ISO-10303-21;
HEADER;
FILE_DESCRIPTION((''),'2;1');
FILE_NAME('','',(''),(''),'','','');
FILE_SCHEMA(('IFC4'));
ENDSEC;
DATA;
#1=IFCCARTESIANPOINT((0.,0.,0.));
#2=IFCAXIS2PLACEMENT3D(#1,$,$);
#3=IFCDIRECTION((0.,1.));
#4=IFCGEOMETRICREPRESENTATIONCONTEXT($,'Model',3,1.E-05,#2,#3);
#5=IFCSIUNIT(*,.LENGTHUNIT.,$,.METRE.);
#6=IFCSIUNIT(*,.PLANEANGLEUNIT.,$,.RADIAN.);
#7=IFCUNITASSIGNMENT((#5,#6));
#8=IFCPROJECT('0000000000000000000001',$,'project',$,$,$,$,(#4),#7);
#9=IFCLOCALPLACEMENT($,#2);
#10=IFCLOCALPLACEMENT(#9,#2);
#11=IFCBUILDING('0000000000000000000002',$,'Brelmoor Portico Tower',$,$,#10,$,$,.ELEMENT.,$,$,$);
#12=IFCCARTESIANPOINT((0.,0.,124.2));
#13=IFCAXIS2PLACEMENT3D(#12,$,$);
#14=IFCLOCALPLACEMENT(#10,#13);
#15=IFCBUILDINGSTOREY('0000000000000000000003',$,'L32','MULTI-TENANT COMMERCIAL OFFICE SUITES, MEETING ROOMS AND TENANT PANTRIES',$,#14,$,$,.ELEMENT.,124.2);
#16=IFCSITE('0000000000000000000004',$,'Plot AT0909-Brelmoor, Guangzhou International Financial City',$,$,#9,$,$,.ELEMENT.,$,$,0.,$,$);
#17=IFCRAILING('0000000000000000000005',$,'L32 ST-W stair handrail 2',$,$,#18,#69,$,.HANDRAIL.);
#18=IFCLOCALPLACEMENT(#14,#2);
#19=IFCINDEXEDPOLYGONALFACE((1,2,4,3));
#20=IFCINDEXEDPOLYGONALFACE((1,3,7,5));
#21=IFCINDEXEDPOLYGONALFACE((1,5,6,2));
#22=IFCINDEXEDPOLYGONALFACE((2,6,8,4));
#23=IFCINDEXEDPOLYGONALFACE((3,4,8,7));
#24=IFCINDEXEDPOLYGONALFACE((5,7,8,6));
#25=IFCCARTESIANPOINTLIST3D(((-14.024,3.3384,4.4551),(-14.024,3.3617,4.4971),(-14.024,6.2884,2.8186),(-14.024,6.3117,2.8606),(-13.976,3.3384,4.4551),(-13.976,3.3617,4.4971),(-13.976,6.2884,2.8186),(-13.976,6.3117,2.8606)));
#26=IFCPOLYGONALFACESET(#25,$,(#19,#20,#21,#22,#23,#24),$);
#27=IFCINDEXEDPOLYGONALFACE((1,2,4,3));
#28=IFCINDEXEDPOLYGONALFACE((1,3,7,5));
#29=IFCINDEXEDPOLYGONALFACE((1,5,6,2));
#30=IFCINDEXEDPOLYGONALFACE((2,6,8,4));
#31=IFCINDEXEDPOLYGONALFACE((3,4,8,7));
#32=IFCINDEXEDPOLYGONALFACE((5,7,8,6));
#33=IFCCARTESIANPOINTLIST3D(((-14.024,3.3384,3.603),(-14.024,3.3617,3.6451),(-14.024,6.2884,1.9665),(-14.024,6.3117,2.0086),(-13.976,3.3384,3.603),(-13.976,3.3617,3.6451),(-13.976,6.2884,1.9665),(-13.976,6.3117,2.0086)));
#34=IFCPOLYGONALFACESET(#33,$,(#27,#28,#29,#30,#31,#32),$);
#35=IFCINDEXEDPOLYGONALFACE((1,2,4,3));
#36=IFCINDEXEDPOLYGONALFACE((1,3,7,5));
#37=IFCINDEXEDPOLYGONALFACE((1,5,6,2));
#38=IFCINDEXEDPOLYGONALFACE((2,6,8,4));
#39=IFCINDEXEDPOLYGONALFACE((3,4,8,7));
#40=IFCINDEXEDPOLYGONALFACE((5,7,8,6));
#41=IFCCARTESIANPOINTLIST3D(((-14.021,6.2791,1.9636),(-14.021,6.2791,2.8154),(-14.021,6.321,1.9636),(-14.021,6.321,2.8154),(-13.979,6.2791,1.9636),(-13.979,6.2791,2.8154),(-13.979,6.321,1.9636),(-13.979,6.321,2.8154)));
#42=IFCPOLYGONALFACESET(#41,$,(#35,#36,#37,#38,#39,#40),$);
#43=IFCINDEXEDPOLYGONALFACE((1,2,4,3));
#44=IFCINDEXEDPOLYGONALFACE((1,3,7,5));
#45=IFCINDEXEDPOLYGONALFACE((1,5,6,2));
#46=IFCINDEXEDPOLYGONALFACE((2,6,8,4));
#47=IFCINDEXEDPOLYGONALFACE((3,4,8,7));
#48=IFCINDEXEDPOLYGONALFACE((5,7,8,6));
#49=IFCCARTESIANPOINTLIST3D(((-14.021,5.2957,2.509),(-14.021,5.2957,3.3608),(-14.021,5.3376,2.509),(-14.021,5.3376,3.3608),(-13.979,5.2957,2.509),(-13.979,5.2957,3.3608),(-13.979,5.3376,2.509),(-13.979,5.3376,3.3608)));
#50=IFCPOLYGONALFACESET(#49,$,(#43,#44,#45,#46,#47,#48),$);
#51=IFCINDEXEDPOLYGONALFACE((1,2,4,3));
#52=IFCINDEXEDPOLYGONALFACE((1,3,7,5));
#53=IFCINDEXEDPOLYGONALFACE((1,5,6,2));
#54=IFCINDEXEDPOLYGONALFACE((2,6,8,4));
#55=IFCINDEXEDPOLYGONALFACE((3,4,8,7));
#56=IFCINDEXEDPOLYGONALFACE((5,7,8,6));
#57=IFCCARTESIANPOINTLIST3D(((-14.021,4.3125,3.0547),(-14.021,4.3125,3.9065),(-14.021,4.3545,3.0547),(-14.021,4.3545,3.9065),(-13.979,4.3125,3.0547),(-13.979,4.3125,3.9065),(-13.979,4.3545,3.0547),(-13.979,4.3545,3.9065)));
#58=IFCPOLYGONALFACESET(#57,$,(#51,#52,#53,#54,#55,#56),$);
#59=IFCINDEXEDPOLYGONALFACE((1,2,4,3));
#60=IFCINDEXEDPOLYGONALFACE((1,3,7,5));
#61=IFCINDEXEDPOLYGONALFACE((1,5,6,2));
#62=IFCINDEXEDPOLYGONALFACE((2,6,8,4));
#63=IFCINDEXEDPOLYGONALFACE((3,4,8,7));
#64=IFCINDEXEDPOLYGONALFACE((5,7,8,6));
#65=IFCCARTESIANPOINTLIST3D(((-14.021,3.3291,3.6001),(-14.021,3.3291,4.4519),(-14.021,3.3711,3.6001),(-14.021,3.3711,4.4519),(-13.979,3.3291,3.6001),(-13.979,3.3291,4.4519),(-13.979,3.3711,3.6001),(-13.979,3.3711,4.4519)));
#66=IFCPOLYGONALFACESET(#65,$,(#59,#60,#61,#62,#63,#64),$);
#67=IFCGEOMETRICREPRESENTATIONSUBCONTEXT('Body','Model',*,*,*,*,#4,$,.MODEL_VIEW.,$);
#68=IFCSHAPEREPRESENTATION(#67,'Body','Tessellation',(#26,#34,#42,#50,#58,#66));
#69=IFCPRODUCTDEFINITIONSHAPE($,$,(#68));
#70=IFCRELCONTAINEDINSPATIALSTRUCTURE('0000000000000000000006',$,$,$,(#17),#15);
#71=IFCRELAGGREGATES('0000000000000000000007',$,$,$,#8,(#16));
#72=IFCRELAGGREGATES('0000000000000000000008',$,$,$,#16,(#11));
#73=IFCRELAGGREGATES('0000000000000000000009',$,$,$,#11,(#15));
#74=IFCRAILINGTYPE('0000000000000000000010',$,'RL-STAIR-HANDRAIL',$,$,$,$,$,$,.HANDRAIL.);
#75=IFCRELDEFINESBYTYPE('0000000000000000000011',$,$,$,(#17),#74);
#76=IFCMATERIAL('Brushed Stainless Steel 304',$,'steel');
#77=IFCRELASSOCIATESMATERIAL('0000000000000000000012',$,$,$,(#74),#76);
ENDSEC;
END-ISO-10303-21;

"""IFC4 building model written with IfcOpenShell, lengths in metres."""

from ifc_helpers import new_model, si_unit, direction, frame, origin, origin_2d, place, context, subcontext, project, spatial, rectangle, extrude, material, type_object, element, save


model = new_model("IFC4")

# Units and contexts
model_context = context("Model", 3, precision=1e-05, world=origin(), true_north=direction((0.0, 1.0)))
body_context = subcontext(model_context, "Body", "Model", "MODEL_VIEW")
ifc_project = project(units=[si_unit("LENGTHUNIT", "METRE"), si_unit("PLANEANGLEUNIT", "RADIAN")], contexts=[model_context])

# Site, building, storey
site_placement = place(None, origin())
site = spatial("IfcSite", under=ifc_project, at=site_placement, Name="Plot AT0909-Brelmoor, Guangzhou International Financial City", CompositionType="ELEMENT", RefElevation=0.0)
building_placement = place(site_placement, origin())
building = spatial("IfcBuilding", under=site, at=building_placement, Name="Brelmoor Portico Tower", CompositionType="ELEMENT")
storey_placement = place(building_placement, frame((0.0, 0.0, 124.2)))
storey = spatial("IfcBuildingStorey", under=building, at=storey_placement, Name="L32", Description="MULTI-TENANT COMMERCIAL OFFICE SUITES, MEETING ROOMS AND TENANT PANTRIES", CompositionType="ELEMENT", Elevation=124.2)

# Railing
ifc_material_1 = material(Name="Brushed Stainless Steel 304", Category="steel")
railing_type_1 = type_object("IfcRailingType", Name="RL-STAIR-HANDRAIL", PredefinedType="HANDRAIL", material=ifc_material_1)
railing_1_placement = place(storey_placement, frame((-14.0, 6.3, 1.9636)))
element("IfcRailing", 1, at=railing_1_placement, inside=storey, type_object=railing_type_1, Name="L32 ST-W stair handrail 2", PredefinedType="HANDRAIL", context=body_context, shape_type="SweptSolid", body=[
    extrude(rectangle(XDim=0.0481, YDim=0.0481, at=origin_2d()), frame((0.0, 0.0, 0.876), z_axis=(0.0, -0.874458, 0.485102), x_axis=(1.0, 0.0, 0.0)), (0.0, 0.0, 1.0), 3.3735),
    extrude(rectangle(XDim=0.0481, YDim=0.0481, at=origin_2d()), frame((0.0, 0.0, 0.0239), z_axis=(0.0, -0.874458, 0.485102), x_axis=(1.0, 0.0, 0.0)), (0.0, 0.0, 1.0), 3.3735),
    extrude(rectangle(XDim=0.042, YDim=0.042, at=origin_2d()), origin(), (0.0, 0.0, 1.0), 0.8518),
    extrude(rectangle(XDim=0.042, YDim=0.042, at=origin_2d()), frame((0.0, -0.9834, 0.5454)), (0.0, 0.0, 1.0), 0.8518),
    extrude(rectangle(XDim=0.042, YDim=0.042, at=origin_2d()), frame((0.0, -1.9666, 1.0911)), (0.0, 0.0, 1.0), 0.8518),
    extrude(rectangle(XDim=0.042, YDim=0.042, at=origin_2d()), frame((0.0, -2.95, 1.6365)), (0.0, 0.0, 1.0), 0.8518),
])

save(model, "model.ifc")
